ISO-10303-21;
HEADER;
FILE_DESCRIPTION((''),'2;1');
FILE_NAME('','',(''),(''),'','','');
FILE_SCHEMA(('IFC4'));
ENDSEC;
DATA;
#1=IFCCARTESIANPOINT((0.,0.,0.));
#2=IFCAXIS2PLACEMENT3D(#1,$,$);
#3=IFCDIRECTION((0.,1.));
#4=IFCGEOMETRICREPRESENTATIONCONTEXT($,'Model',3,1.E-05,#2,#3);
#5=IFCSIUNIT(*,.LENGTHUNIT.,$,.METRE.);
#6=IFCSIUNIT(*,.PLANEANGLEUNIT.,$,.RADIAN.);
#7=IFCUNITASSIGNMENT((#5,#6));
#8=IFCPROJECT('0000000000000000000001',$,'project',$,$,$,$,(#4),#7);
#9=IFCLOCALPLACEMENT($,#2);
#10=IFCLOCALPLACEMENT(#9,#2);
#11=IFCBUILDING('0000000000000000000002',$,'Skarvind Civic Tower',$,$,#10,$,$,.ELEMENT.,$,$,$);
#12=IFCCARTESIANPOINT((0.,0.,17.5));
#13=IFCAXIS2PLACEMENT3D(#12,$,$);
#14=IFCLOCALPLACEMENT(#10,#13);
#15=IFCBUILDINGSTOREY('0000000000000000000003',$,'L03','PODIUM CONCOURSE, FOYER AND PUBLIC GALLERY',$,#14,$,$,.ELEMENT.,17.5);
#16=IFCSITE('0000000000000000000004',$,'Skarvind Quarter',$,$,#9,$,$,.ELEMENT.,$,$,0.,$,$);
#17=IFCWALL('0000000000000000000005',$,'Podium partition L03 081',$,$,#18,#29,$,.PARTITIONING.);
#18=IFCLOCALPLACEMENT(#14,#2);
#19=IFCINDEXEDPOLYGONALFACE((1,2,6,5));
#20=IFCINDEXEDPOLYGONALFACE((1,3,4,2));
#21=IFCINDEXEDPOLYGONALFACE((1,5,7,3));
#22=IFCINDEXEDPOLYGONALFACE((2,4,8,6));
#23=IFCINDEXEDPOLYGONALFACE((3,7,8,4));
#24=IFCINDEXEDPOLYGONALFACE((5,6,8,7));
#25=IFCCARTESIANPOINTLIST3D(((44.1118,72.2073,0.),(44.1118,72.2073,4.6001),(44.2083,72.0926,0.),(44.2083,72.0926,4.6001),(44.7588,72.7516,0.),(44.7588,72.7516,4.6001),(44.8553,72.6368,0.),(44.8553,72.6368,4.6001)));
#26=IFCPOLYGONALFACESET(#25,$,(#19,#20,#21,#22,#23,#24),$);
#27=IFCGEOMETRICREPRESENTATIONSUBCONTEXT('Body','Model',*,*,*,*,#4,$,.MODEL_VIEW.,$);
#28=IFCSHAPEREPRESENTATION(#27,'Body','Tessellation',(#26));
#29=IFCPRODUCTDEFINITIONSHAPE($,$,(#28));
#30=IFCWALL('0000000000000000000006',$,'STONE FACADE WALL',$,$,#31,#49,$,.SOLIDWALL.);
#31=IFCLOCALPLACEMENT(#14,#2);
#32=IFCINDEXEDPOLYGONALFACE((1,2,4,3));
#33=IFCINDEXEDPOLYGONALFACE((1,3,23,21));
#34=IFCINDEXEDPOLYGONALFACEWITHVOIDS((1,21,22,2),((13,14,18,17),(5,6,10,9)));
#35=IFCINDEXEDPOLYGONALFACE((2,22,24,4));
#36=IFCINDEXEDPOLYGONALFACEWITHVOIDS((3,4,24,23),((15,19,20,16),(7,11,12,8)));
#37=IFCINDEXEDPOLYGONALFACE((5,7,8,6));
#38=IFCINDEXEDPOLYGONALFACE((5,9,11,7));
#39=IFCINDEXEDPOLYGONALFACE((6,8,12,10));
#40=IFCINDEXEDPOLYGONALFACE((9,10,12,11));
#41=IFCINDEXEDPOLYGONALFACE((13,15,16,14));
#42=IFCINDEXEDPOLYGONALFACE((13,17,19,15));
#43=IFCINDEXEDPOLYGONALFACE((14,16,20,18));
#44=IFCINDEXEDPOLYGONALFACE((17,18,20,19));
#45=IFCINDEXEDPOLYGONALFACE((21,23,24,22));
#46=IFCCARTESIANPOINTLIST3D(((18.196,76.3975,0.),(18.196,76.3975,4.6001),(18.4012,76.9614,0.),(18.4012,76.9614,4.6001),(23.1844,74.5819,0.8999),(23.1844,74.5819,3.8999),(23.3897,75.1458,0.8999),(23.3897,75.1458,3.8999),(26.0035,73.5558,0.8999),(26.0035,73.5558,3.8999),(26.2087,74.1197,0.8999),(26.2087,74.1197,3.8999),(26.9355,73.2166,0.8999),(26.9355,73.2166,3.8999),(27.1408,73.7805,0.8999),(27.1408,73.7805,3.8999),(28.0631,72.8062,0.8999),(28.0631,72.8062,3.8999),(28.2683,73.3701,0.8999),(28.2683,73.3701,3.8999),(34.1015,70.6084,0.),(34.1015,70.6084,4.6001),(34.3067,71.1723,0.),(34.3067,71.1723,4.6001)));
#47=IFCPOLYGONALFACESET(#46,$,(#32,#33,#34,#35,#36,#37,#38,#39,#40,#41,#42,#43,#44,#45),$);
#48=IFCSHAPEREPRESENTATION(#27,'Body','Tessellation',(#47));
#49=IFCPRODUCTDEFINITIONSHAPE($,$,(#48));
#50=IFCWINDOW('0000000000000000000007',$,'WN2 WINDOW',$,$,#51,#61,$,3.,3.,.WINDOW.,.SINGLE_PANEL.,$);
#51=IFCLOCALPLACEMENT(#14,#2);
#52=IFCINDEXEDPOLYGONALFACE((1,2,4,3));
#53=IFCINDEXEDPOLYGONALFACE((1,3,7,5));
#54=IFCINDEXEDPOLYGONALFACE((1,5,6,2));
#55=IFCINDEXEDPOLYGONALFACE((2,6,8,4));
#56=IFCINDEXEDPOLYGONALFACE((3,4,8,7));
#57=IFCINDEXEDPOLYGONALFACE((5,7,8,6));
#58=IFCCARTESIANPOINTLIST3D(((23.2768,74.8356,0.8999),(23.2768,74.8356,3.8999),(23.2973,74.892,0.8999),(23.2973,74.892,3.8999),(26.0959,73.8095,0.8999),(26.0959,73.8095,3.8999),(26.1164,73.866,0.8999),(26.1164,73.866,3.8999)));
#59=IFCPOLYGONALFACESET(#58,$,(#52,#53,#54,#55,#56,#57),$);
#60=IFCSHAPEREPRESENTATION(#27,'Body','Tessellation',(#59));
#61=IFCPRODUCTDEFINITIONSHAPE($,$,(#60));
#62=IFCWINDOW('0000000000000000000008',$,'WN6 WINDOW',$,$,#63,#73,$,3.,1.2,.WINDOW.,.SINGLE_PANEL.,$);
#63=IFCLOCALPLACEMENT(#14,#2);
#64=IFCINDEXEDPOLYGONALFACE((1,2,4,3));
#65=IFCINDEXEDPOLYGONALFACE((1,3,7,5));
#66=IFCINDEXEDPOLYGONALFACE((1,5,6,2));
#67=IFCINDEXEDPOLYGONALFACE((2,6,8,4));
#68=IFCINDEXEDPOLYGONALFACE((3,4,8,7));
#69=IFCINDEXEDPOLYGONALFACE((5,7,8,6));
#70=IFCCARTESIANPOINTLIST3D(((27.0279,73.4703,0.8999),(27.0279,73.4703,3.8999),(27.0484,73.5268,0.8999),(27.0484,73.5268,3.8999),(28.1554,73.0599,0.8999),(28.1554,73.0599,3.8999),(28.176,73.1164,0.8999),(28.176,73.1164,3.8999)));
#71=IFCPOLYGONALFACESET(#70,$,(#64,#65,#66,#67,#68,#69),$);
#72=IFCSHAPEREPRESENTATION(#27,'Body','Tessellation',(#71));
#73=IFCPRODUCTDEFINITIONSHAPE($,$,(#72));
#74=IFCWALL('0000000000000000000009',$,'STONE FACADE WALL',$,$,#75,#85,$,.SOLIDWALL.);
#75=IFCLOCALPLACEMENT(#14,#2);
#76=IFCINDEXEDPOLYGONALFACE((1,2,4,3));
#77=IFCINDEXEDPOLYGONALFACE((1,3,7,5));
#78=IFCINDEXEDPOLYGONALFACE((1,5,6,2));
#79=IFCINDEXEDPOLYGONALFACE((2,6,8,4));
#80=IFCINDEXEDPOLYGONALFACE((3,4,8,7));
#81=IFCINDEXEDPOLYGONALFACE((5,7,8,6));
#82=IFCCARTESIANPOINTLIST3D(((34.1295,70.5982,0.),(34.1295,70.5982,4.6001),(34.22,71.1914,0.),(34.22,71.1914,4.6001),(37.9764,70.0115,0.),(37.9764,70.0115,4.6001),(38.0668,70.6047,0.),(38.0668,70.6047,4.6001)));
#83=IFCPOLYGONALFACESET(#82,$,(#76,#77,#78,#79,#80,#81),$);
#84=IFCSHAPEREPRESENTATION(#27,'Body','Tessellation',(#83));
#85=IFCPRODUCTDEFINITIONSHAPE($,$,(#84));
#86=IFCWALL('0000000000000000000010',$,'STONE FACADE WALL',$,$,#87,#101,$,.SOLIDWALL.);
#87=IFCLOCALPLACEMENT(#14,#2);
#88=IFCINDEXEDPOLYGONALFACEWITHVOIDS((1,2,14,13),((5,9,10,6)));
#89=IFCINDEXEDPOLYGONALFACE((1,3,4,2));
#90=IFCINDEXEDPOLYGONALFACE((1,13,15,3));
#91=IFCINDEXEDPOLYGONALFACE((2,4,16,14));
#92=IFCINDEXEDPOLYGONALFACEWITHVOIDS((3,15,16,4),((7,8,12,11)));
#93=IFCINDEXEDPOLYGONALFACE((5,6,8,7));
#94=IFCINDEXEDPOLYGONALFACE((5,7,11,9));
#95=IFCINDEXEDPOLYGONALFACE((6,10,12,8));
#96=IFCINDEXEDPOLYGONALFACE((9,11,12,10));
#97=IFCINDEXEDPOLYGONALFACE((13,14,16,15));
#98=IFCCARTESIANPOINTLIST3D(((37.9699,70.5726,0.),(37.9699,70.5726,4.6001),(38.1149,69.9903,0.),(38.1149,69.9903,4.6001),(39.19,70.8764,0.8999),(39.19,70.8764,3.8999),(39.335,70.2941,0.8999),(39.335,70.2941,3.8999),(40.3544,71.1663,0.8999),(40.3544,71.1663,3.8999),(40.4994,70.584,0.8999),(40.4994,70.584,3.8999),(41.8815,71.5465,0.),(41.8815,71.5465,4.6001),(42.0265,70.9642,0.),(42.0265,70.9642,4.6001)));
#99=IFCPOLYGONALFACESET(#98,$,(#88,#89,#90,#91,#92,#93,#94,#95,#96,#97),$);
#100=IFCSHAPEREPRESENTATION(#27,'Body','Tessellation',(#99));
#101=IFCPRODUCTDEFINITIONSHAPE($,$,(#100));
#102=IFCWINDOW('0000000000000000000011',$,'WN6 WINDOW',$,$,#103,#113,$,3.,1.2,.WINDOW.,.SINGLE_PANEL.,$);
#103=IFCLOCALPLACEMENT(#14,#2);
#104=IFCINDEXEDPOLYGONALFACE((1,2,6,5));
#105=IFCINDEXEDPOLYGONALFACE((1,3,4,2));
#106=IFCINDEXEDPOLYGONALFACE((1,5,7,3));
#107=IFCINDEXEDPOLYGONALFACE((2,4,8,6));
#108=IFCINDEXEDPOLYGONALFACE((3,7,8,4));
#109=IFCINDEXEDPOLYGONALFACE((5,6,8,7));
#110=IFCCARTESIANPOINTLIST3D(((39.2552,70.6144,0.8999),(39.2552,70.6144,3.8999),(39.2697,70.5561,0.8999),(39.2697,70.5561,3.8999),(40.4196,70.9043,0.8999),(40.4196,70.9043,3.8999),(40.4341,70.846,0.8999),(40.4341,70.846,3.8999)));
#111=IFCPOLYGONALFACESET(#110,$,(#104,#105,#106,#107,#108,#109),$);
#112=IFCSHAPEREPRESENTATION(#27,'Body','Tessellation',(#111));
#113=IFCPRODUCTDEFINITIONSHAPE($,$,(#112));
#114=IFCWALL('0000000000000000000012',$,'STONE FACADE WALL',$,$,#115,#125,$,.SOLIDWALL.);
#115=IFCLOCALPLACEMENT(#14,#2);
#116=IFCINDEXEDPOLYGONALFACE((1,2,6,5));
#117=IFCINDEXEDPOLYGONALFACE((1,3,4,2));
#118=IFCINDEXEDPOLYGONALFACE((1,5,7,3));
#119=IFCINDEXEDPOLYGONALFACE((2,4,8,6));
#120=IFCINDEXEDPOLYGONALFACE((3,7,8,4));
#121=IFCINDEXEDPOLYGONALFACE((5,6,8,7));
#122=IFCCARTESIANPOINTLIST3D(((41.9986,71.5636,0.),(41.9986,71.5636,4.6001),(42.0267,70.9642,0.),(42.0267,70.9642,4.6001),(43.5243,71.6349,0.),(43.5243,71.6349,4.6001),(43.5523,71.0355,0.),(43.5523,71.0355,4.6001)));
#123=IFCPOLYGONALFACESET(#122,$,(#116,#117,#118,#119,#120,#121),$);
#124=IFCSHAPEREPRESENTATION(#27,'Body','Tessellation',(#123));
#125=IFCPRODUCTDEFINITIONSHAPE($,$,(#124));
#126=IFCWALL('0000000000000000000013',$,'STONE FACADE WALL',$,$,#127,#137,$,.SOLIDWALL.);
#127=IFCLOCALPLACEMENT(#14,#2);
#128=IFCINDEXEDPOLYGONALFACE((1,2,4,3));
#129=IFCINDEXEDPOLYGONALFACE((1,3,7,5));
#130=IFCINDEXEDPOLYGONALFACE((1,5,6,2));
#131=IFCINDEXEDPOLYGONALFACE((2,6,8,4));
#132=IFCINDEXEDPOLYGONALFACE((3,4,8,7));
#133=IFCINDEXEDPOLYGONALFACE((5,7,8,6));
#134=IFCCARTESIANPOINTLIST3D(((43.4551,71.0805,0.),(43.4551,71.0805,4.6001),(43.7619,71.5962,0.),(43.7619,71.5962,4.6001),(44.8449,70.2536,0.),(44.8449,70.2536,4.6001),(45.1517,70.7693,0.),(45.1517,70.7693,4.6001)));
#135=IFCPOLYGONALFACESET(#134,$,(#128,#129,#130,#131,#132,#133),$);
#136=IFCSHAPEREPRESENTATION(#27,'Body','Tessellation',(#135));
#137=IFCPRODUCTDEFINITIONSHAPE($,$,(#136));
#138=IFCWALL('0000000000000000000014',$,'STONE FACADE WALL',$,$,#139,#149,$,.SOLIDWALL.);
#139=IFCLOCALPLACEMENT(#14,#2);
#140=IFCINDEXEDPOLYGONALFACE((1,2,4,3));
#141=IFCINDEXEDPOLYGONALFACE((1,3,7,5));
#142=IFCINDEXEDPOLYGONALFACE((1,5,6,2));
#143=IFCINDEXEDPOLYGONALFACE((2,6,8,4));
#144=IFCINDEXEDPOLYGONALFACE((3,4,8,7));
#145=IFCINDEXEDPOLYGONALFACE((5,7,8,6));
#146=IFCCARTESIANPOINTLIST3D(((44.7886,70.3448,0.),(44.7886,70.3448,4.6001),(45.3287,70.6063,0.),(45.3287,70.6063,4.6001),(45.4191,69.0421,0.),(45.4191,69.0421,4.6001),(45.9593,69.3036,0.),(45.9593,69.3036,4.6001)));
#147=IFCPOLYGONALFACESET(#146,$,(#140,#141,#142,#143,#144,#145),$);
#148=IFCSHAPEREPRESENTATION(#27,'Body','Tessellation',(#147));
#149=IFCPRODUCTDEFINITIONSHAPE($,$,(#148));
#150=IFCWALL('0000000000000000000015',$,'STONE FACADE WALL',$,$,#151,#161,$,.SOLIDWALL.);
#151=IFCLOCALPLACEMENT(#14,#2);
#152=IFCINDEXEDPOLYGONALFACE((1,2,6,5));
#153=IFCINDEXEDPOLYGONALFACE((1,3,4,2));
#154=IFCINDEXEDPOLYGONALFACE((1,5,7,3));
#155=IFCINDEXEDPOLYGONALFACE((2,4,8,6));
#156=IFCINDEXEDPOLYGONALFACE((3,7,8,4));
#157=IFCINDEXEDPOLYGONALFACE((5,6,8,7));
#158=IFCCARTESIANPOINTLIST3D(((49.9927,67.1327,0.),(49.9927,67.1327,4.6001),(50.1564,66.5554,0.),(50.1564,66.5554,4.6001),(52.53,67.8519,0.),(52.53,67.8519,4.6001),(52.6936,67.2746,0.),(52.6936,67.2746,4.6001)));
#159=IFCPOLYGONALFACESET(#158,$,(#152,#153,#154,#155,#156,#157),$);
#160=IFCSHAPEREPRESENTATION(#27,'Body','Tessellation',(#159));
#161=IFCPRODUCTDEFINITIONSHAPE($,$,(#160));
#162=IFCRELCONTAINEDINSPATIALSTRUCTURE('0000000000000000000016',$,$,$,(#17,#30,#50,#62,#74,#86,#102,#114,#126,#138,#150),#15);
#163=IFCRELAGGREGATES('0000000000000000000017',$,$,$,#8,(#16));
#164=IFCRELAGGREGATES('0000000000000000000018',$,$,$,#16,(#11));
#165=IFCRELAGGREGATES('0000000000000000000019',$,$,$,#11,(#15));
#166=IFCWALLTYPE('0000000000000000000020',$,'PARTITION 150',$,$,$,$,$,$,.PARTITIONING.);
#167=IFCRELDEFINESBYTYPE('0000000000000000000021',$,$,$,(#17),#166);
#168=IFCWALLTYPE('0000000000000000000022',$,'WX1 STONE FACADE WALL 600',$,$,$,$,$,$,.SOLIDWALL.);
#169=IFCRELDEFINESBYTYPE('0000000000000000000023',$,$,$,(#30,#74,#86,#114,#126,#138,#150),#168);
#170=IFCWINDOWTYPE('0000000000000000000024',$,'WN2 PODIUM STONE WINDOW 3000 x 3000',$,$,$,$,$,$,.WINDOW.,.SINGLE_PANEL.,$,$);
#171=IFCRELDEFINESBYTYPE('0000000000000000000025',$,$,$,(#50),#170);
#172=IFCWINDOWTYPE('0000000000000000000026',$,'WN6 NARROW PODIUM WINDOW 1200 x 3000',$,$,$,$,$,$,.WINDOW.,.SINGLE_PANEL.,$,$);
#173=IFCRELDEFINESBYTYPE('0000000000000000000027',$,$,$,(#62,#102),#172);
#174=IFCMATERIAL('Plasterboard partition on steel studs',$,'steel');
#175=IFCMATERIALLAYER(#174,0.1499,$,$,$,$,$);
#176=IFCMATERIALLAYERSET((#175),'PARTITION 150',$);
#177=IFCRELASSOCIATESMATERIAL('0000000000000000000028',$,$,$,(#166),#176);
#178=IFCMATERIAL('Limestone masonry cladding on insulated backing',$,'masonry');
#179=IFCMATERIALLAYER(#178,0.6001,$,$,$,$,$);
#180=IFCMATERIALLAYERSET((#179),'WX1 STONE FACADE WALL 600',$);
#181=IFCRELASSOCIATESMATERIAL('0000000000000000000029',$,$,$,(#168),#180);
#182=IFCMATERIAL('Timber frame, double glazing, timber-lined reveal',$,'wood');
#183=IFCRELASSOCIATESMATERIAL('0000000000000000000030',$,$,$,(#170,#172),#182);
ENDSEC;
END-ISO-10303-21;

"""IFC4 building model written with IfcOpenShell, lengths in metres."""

from ifc_helpers import new_model, si_unit, direction, frame, frame_2d, origin, place, context, subcontext, project, spatial, rectangle, extrude, material, layer, layer_set, type_object, element, fill, save


model = new_model("IFC4")

# Units and contexts
model_context = context("Model", 3, precision=1e-05, world=origin(), true_north=direction((0.0, 1.0)))
body_context = subcontext(model_context, "Body", "Model", "MODEL_VIEW")
ifc_project = project(units=[si_unit("LENGTHUNIT", "METRE"), si_unit("PLANEANGLEUNIT", "RADIAN")], contexts=[model_context])

# Site, building, storey
site_placement = place(None, origin())
site = spatial("IfcSite", under=ifc_project, at=site_placement, Name="Skarvind Quarter", CompositionType="ELEMENT", RefElevation=0.0)
building_placement = place(site_placement, origin())
building = spatial("IfcBuilding", under=site, at=building_placement, Name="Skarvind Civic Tower", CompositionType="ELEMENT")
storey_placement = place(building_placement, frame((0.0, 0.0, 17.5)))
storey = spatial("IfcBuildingStorey", under=building, at=storey_placement, Name="L03", Description="PODIUM CONCOURSE, FOYER AND PUBLIC GALLERY", CompositionType="ELEMENT", Elevation=17.5)

# Wall
ifc_material_1 = material(Name="Plasterboard partition on steel studs", Category="steel")
ifc_layer_1 = layer(ifc_material_1, 0.1499)
ifc_layer_set_1 = layer_set([ifc_layer_1], Name="PARTITION 150")
wall_type_1 = type_object("IfcWallType", Name="PARTITION 150", PredefinedType="PARTITIONING", material=ifc_layer_set_1)
wall_1_placement = place(storey_placement, frame((44.1599, 72.1499, 0.0), z_axis=(0.0, 0.0, 1.0), x_axis=(0.765278, 0.6437, 0.0)))
element("IfcWall", 1, at=wall_1_placement, inside=storey, type_object=wall_type_1, Name="Podium partition L03 081", PredefinedType="PARTITIONING", context=body_context, shape_type="SweptSolid", body=[
    extrude(rectangle(XDim=0.8455, YDim=0.1499, at=frame_2d((0.4229, 0.0))), origin(), (0.0, 0.0, 1.0), 4.6001),
])

# Wall, openings, windows
ifc_material_2 = material(Name="Limestone masonry cladding on insulated backing", Category="masonry")
ifc_layer_2 = layer(ifc_material_2, 0.6001)
ifc_layer_set_2 = layer_set([ifc_layer_2], Name="WX1 STONE FACADE WALL 600")
wall_type_2 = type_object("IfcWallType", Name="WX1 STONE FACADE WALL 600", PredefinedType="SOLIDWALL", material=ifc_layer_set_2)
wall_2_placement = place(storey_placement, frame((34.2041, 70.8904, 0.0), z_axis=(0.0, 0.0, 1.0), x_axis=(-0.939694, 0.342016, 0.0)))
wall_2 = element("IfcWall", 2, at=wall_2_placement, inside=storey, type_object=wall_type_2, Name="STONE FACADE WALL", PredefinedType="SOLIDWALL", context=body_context, shape_type="SweptSolid", body=[
    extrude(rectangle(XDim=16.9263, YDim=0.6001, at=frame_2d((8.4631, 0.0))), origin(), (0.0, 0.0, 1.0), 4.6001),
])
opening_1_placement = place(wall_2_placement, frame((6.4258, 0.0, 0.8999)))
opening_1 = element("IfcOpeningElement", 3, at=opening_1_placement, cuts=wall_2, PredefinedType="OPENING", context=body_context, shape_type="SweptSolid", body=[
    extrude(rectangle(XDim=1.2, YDim=3.0, at=frame_2d((0.6001, 1.5))), frame((0.0, 0.3101, 0.0), z_axis=(0.0, -1.0, 0.0), x_axis=(1.0, 0.0, 0.0)), (0.0, 0.0, 1.0), 0.6201),
])
opening_2_placement = place(wall_2_placement, frame((8.6177, 0.0, 0.8999)))
opening_2 = element("IfcOpeningElement", 4, at=opening_2_placement, cuts=wall_2, PredefinedType="OPENING", context=body_context, shape_type="SweptSolid", body=[
    extrude(rectangle(XDim=3.0, YDim=3.0, at=frame_2d((1.5, 1.5))), frame((0.0, 0.3101, 0.0), z_axis=(0.0, -1.0, 0.0), x_axis=(1.0, 0.0, 0.0)), (0.0, 0.0, 1.0), 0.6201),
])
ifc_material_3 = material(Name="Timber frame, double glazing, timber-lined reveal", Category="wood")
window_type_1 = type_object("IfcWindowType", Name="WN2 PODIUM STONE WINDOW 3000 x 3000", PartitioningType="SINGLE_PANEL", PredefinedType="WINDOW", material=ifc_material_3)
window_1_placement = place(opening_2_placement, origin())
window_1 = element("IfcWindow", 5, at=window_1_placement, inside=storey, type_object=window_type_1, Name="WN2 WINDOW", OverallHeight=3.0, OverallWidth=3.0, PartitioningType="SINGLE_PANEL", PredefinedType="WINDOW", context=body_context, shape_type="SweptSolid", body=[
    extrude(rectangle(XDim=3.0, YDim=3.0, at=frame_2d((1.5, 1.5))), frame((0.0, 0.03, 0.0), z_axis=(0.0, -1.0, 0.0), x_axis=(1.0, 0.0, 0.0)), (0.0, 0.0, 1.0), 0.0601),
])
fill(opening_2, window_1)
window_type_2 = type_object("IfcWindowType", Name="WN6 NARROW PODIUM WINDOW 1200 x 3000", PartitioningType="SINGLE_PANEL", PredefinedType="WINDOW", material=ifc_material_3)
window_2_placement = place(opening_1_placement, origin())
window_2 = element("IfcWindow", 6, at=window_2_placement, inside=storey, type_object=window_type_2, Name="WN6 WINDOW", OverallHeight=3.0, OverallWidth=1.2, PartitioningType="SINGLE_PANEL", PredefinedType="WINDOW", context=body_context, shape_type="SweptSolid", body=[
    extrude(rectangle(XDim=1.2, YDim=3.0, at=frame_2d((0.6001, 1.5))), frame((0.0, 0.03, 0.0), z_axis=(0.0, -1.0, 0.0), x_axis=(1.0, 0.0, 0.0)), (0.0, 0.0, 1.0), 0.0601),
])
fill(opening_1, window_2)

# Wall
wall_3_placement = place(storey_placement, frame((38.0217, 70.3081, 0.0), z_axis=(0.0, 0.0, 1.0), x_axis=(-0.98857, 0.150761, 0.0)))
element("IfcWall", 7, at=wall_3_placement, inside=storey, type_object=wall_type_2, Name="STONE FACADE WALL", PredefinedType="SOLIDWALL", context=body_context, shape_type="SweptSolid", body=[
    extrude(rectangle(XDim=3.8914, YDim=0.6001, at=frame_2d((1.9458, 0.0))), origin(), (0.0, 0.0, 1.0), 4.6001),
])

# Wall, opening, window
wall_4_placement = place(storey_placement, frame((41.9541, 71.2554, 0.0), z_axis=(0.0, 0.0, 1.0), x_axis=(-0.970377, -0.241595, 0.0)))
wall_4 = element("IfcWall", 8, at=wall_4_placement, inside=storey, type_object=wall_type_2, Name="STONE FACADE WALL", PredefinedType="SOLIDWALL", context=body_context, shape_type="SweptSolid", body=[
    extrude(rectangle(XDim=4.031, YDim=0.6001, at=frame_2d((2.0156, 0.0))), origin(), (0.0, 0.0, 1.0), 4.6001),
])
opening_3_placement = place(wall_4_placement, frame((1.5737, 0.0, 0.8999)))
opening_3 = element("IfcOpeningElement", 9, at=opening_3_placement, cuts=wall_4, PredefinedType="OPENING", context=body_context, shape_type="SweptSolid", body=[
    extrude(rectangle(XDim=1.2, YDim=3.0, at=frame_2d((0.6001, 1.5))), frame((0.0, 0.3101, 0.0), z_axis=(0.0, -1.0, 0.0), x_axis=(1.0, 0.0, 0.0)), (0.0, 0.0, 1.0), 0.6201),
])
window_3_placement = place(opening_3_placement, origin())
window_3 = element("IfcWindow", 10, at=window_3_placement, inside=storey, type_object=window_type_2, Name="WN6 WINDOW", OverallHeight=3.0, OverallWidth=1.2, PartitioningType="SINGLE_PANEL", PredefinedType="WINDOW", context=body_context, shape_type="SweptSolid", body=[
    extrude(rectangle(XDim=1.2, YDim=3.0, at=frame_2d((0.6001, 1.5))), frame((0.0, 0.03, 0.0), z_axis=(0.0, -1.0, 0.0), x_axis=(1.0, 0.0, 0.0)), (0.0, 0.0, 1.0), 0.0601),
])
fill(opening_3, window_3)

# Walls
wall_5_placement = place(storey_placement, frame((43.5383, 71.3352, 0.0), z_axis=(0.0, 0.0, 1.0), x_axis=(-0.99891, -0.046677, 0.0)))
element("IfcWall", 11, at=wall_5_placement, inside=storey, type_object=wall_type_2, Name="STONE FACADE WALL", PredefinedType="SOLIDWALL", context=body_context, shape_type="SweptSolid", body=[
    extrude(rectangle(XDim=1.5273, YDim=0.6001, at=frame_2d((0.7637, 0.0))), origin(), (0.0, 0.0, 1.0), 4.6001),
])
wall_6_placement = place(storey_placement, frame((44.9983, 70.5115, 0.0), z_axis=(0.0, 0.0, 1.0), x_axis=(-0.859405, 0.511295, 0.0)))
element("IfcWall", 12, at=wall_6_placement, inside=storey, type_object=wall_type_2, Name="STONE FACADE WALL", PredefinedType="SOLIDWALL", context=body_context, shape_type="SweptSolid", body=[
    extrude(rectangle(XDim=1.6172, YDim=0.6001, at=frame_2d((0.8086, 0.0))), origin(), (0.0, 0.0, 1.0), 4.6001),
])
wall_7_placement = place(storey_placement, frame((45.6892, 69.1729, 0.0), z_axis=(0.0, 0.0, 1.0), x_axis=(-0.435706, 0.900089, 0.0)))
element("IfcWall", 13, at=wall_7_placement, inside=storey, type_object=wall_type_2, Name="STONE FACADE WALL", PredefinedType="SOLIDWALL", context=body_context, shape_type="SweptSolid", body=[
    extrude(rectangle(XDim=1.4473, YDim=0.6001, at=frame_2d((0.7236, 0.0))), origin(), (0.0, 0.0, 1.0), 4.6001),
])
wall_8_placement = place(storey_placement, frame((52.6118, 67.5632, 0.0), z_axis=(0.0, 0.0, 1.0), x_axis=(-0.962095, -0.272715, 0.0)))
element("IfcWall", 14, at=wall_8_placement, inside=storey, type_object=wall_type_2, Name="STONE FACADE WALL", PredefinedType="SOLIDWALL", context=body_context, shape_type="SweptSolid", body=[
    extrude(rectangle(XDim=2.6372, YDim=0.6001, at=frame_2d((1.3186, 0.0))), origin(), (0.0, 0.0, 1.0), 4.6001),
])

save(model, "model.ifc")
